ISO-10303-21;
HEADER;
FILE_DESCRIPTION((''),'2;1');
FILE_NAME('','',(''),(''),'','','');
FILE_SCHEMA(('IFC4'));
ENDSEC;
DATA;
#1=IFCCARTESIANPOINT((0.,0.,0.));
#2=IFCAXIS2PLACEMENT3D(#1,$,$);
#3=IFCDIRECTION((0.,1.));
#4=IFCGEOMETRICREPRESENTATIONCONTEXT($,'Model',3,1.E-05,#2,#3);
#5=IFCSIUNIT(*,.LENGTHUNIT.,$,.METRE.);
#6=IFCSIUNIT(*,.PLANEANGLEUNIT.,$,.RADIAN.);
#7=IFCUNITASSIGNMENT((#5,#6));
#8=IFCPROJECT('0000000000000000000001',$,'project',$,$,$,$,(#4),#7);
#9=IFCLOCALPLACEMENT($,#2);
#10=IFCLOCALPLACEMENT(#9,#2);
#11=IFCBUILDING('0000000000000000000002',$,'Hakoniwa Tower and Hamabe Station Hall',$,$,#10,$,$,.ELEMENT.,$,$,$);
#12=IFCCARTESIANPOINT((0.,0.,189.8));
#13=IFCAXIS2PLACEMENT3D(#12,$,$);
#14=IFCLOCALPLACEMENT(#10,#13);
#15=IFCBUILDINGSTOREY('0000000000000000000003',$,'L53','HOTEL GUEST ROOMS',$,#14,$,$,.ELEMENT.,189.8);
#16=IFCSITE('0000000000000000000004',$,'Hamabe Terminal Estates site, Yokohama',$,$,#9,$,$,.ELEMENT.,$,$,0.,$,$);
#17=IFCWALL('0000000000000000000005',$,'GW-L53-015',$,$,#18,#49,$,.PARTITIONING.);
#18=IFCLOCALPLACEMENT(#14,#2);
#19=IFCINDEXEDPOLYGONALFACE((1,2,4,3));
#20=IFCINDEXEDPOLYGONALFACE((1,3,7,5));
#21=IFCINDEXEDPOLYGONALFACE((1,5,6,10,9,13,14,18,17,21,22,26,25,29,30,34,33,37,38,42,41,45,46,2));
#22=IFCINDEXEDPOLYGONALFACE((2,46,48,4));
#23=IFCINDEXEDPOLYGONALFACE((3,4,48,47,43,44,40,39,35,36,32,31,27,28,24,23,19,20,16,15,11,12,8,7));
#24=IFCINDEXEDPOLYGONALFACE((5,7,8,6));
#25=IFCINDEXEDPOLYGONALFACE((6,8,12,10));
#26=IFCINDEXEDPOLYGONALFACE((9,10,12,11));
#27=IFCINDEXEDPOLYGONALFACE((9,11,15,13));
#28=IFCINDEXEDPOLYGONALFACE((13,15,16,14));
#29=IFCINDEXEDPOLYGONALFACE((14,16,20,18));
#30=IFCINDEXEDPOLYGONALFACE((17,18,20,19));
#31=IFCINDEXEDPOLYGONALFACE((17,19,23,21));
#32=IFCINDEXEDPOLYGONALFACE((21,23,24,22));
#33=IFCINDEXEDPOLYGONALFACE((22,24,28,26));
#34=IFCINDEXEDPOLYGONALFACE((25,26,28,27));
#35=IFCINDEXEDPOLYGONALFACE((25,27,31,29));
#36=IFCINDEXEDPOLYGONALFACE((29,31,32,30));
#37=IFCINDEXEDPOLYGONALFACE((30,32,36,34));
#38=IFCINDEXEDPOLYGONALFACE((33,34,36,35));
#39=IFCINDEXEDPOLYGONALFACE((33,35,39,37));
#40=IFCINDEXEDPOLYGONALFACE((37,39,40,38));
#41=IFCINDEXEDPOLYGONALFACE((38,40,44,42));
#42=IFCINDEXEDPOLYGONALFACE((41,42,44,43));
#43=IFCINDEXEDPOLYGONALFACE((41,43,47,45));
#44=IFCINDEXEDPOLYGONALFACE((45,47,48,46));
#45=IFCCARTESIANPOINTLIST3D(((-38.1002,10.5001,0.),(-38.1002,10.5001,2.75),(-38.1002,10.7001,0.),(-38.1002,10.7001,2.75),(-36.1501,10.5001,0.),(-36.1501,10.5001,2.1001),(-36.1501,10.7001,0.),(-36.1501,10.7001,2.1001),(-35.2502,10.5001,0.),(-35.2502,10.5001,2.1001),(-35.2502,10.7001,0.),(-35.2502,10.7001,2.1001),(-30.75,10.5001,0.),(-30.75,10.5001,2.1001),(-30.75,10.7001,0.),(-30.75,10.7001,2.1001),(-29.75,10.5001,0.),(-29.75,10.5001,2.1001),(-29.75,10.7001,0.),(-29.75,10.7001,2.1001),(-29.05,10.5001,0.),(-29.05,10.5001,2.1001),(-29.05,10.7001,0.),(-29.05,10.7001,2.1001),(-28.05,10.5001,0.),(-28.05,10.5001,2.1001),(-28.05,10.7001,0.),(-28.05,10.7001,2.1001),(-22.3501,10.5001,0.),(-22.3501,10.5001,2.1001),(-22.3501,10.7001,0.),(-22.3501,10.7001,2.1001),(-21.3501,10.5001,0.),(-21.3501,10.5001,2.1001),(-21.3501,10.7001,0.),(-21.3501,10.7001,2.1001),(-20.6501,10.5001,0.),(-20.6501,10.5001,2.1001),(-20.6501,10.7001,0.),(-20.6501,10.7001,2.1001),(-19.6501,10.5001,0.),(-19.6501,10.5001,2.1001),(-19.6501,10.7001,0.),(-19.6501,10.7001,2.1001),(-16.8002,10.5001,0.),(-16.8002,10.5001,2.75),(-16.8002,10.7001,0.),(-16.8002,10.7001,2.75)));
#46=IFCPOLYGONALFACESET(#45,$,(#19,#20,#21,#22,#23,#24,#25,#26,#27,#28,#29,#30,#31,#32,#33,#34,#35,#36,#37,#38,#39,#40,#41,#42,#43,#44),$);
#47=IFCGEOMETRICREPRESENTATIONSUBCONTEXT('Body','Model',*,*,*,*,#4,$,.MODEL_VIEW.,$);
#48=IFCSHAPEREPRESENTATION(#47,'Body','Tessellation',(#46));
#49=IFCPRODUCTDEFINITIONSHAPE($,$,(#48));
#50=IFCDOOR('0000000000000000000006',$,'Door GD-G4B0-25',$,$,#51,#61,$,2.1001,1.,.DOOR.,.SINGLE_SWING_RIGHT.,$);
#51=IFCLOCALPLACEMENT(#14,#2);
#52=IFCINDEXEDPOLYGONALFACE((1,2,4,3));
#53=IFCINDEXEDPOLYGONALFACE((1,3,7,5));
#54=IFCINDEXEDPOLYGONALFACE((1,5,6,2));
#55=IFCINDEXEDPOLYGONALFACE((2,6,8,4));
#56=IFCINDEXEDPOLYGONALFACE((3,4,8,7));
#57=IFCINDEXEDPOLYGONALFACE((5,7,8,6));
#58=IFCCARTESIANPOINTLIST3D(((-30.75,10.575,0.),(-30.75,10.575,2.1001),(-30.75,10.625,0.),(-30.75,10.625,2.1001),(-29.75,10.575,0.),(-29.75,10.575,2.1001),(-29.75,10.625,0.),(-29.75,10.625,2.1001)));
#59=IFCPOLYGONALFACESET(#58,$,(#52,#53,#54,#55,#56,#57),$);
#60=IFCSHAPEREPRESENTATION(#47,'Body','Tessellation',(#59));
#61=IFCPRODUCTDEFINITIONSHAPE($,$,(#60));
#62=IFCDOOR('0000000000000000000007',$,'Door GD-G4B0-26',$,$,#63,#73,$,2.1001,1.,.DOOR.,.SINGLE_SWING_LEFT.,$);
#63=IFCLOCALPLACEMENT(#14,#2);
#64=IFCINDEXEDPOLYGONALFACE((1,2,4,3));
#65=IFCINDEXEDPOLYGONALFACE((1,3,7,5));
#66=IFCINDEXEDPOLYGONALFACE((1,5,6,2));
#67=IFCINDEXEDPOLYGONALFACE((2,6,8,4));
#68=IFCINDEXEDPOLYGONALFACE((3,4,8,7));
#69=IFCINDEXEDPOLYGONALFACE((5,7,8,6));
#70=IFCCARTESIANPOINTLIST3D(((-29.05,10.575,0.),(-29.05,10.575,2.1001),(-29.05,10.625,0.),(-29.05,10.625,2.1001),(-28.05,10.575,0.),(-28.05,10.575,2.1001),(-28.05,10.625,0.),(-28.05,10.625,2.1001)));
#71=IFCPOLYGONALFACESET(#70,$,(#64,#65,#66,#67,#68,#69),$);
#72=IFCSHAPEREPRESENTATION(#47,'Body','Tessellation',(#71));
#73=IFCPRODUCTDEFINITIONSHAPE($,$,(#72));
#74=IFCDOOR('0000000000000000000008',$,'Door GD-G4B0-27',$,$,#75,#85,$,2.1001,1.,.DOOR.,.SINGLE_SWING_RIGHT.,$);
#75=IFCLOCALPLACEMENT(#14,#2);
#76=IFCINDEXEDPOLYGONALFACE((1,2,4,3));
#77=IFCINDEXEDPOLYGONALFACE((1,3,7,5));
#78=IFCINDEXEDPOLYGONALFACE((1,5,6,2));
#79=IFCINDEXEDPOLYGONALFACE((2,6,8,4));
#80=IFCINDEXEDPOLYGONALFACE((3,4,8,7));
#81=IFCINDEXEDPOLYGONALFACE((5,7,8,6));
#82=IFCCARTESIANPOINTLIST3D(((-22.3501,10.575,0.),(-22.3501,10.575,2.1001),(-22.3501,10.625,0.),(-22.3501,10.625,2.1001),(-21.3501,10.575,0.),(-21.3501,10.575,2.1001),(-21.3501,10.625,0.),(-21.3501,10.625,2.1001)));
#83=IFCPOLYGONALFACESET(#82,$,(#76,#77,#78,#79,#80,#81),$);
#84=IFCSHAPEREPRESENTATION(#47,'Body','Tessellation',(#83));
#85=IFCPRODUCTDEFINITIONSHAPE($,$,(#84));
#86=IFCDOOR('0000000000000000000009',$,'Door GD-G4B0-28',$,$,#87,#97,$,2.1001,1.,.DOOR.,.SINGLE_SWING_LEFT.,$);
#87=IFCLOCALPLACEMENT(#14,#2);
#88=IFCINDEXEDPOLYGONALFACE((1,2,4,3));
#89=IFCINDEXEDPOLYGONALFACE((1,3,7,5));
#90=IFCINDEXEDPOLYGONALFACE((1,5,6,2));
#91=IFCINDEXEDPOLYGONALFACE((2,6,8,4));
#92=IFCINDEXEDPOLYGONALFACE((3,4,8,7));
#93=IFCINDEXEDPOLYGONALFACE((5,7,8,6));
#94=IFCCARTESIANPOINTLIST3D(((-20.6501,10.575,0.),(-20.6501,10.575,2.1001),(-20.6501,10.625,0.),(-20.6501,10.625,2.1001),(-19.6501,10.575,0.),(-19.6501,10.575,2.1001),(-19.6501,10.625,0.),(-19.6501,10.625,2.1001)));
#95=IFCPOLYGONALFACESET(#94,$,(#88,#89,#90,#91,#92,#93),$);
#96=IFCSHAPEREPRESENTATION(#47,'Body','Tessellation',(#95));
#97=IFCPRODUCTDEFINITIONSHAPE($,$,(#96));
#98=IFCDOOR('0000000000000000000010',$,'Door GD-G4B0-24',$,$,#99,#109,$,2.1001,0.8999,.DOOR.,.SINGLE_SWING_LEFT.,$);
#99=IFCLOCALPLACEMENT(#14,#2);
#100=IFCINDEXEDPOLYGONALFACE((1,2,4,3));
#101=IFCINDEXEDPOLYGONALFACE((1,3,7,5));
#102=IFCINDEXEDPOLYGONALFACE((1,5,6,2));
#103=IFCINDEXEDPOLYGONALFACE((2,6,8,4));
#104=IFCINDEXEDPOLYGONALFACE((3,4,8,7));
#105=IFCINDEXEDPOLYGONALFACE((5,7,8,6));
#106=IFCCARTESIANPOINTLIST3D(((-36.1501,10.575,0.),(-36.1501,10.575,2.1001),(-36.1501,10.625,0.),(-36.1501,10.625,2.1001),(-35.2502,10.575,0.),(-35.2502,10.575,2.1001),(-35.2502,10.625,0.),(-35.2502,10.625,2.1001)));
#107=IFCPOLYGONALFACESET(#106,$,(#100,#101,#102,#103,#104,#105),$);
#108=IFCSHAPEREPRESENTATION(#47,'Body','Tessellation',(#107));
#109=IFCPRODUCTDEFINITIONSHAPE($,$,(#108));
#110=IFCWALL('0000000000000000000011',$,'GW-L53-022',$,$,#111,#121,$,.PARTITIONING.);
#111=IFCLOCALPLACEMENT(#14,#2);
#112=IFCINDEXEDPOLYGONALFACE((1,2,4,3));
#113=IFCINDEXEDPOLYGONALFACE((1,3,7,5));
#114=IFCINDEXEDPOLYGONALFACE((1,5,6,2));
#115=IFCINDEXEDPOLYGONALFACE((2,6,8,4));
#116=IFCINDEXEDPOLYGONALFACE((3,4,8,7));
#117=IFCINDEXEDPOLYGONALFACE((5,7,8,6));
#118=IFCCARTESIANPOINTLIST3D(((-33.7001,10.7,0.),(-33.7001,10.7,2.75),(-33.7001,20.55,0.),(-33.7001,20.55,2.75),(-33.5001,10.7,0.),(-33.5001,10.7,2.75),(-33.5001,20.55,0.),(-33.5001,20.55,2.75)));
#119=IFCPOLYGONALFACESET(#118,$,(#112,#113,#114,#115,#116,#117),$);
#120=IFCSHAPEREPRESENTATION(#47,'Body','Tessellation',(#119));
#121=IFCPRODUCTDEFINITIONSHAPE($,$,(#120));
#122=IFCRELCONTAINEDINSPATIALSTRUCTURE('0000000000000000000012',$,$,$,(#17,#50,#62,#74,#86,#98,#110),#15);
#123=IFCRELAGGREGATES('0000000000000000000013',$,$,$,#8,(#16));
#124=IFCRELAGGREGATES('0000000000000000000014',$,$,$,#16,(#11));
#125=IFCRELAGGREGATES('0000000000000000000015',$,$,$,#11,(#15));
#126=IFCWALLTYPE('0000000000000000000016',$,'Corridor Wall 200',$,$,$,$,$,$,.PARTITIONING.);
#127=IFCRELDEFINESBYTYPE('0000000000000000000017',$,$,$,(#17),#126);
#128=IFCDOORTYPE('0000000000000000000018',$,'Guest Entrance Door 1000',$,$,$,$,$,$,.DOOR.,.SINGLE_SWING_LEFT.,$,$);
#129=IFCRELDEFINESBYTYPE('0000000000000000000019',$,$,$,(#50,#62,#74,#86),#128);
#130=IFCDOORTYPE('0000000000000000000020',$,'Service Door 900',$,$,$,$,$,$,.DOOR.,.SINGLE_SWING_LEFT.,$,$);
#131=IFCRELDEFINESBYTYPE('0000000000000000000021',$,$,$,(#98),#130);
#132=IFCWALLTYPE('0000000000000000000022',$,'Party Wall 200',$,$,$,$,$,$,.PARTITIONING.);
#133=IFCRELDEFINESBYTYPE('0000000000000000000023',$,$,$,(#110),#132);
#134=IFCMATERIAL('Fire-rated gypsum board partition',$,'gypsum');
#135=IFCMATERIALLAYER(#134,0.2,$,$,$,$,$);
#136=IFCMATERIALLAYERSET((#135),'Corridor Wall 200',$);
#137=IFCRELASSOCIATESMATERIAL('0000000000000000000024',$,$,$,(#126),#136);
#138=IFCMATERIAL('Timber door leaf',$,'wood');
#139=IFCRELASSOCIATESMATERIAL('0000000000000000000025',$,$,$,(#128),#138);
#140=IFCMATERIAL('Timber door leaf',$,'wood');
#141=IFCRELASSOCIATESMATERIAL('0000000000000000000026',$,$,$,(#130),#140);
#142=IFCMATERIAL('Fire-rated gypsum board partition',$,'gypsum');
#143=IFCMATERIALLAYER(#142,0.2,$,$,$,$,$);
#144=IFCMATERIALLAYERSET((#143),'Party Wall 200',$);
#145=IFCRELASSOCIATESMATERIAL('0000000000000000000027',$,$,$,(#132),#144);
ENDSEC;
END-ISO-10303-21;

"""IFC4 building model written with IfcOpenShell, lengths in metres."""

from ifc_helpers import new_model, si_unit, direction, frame, frame_2d, origin, place, context, subcontext, project, spatial, rectangle, extrude, material, layer, layer_set, type_object, element, fill, save


model = new_model("IFC4")

# Units and contexts
model_context = context("Model", 3, precision=1e-05, world=origin(), true_north=direction((0.0, 1.0)))
body_context = subcontext(model_context, "Body", "Model", "MODEL_VIEW")
ifc_project = project(units=[si_unit("LENGTHUNIT", "METRE"), si_unit("PLANEANGLEUNIT", "RADIAN")], contexts=[model_context])

# Site, building, storey
site_placement = place(None, origin())
site = spatial("IfcSite", under=ifc_project, at=site_placement, Name="Hamabe Terminal Estates site, Yokohama", CompositionType="ELEMENT", RefElevation=0.0)
building_placement = place(site_placement, origin())
building = spatial("IfcBuilding", under=site, at=building_placement, Name="Hakoniwa Tower and Hamabe Station Hall", CompositionType="ELEMENT")
storey_placement = place(building_placement, frame((0.0, 0.0, 189.8)))
storey = spatial("IfcBuildingStorey", under=building, at=storey_placement, Name="L53", Description="HOTEL GUEST ROOMS", CompositionType="ELEMENT", Elevation=189.8)

# Wall, openings, doors
ifc_material_1 = material(Name="Fire-rated gypsum board partition", Category="gypsum")
ifc_layer_1 = layer(ifc_material_1, 0.2)
ifc_layer_set_1 = layer_set([ifc_layer_1], Name="Corridor Wall 200")
wall_type_1 = type_object("IfcWallType", Name="Corridor Wall 200", PredefinedType="PARTITIONING", material=ifc_layer_set_1)
wall_1_placement = place(storey_placement, frame((-38.1001, 10.6001, 0.0), z_axis=(0.0, 0.0, 1.0), x_axis=(1.0, 0.0, 0.0)))
wall_1 = element("IfcWall", 1, at=wall_1_placement, inside=storey, type_object=wall_type_1, Name="GW-L53-015", PredefinedType="PARTITIONING", context=body_context, shape_type="SweptSolid", body=[
    extrude(rectangle(XDim=21.3, YDim=0.2, at=frame_2d((10.6499, 0.0))), origin(), (0.0, 0.0, 1.0), 2.75),
])
opening_1_placement = place(wall_1_placement, frame((1.95, 0.0, 0.0)))
opening_1 = element("IfcOpeningElement", 2, at=opening_1_placement, cuts=wall_1, PredefinedType="OPENING", context=body_context, shape_type="SweptSolid", body=[
    extrude(rectangle(XDim=0.8999, YDim=2.1001, at=frame_2d((0.45, 1.05))), frame((0.0, 0.1099, 0.0), z_axis=(0.0, -1.0, 0.0), x_axis=(1.0, 0.0, 0.0)), (0.0, 0.0, 1.0), 0.22),
])
opening_2_placement = place(wall_1_placement, frame((7.3501, 0.0, 0.0)))
opening_2 = element("IfcOpeningElement", 3, at=opening_2_placement, cuts=wall_1, PredefinedType="OPENING", context=body_context, shape_type="SweptSolid", body=[
    extrude(rectangle(XDim=1.0, YDim=2.1001, at=frame_2d((0.5, 1.05))), frame((0.0, 0.1099, 0.0), z_axis=(0.0, -1.0, 0.0), x_axis=(1.0, 0.0, 0.0)), (0.0, 0.0, 1.0), 0.22),
])
opening_3_placement = place(wall_1_placement, frame((9.05, 0.0, 0.0)))
opening_3 = element("IfcOpeningElement", 4, at=opening_3_placement, cuts=wall_1, PredefinedType="OPENING", context=body_context, shape_type="SweptSolid", body=[
    extrude(rectangle(XDim=1.0, YDim=2.1001, at=frame_2d((0.5, 1.05))), frame((0.0, 0.1099, 0.0), z_axis=(0.0, -1.0, 0.0), x_axis=(1.0, 0.0, 0.0)), (0.0, 0.0, 1.0), 0.22),
])
opening_4_placement = place(wall_1_placement, frame((15.75, 0.0, 0.0)))
opening_4 = element("IfcOpeningElement", 5, at=opening_4_placement, cuts=wall_1, PredefinedType="OPENING", context=body_context, shape_type="SweptSolid", body=[
    extrude(rectangle(XDim=1.0, YDim=2.1001, at=frame_2d((0.5, 1.05))), frame((0.0, 0.1099, 0.0), z_axis=(0.0, -1.0, 0.0), x_axis=(1.0, 0.0, 0.0)), (0.0, 0.0, 1.0), 0.22),
])
opening_5_placement = place(wall_1_placement, frame((17.45, 0.0, 0.0)))
opening_5 = element("IfcOpeningElement", 6, at=opening_5_placement, cuts=wall_1, PredefinedType="OPENING", context=body_context, shape_type="SweptSolid", body=[
    extrude(rectangle(XDim=1.0, YDim=2.1001, at=frame_2d((0.5, 1.05))), frame((0.0, 0.1099, 0.0), z_axis=(0.0, -1.0, 0.0), x_axis=(1.0, 0.0, 0.0)), (0.0, 0.0, 1.0), 0.22),
])
ifc_material_2 = material(Name="Timber door leaf", Category="wood")
door_type_1 = type_object("IfcDoorType", Name="Guest Entrance Door 1000", OperationType="SINGLE_SWING_LEFT", PredefinedType="DOOR", material=ifc_material_2)
door_1_placement = place(opening_2_placement, origin())
door_1 = element("IfcDoor", 7, at=door_1_placement, inside=storey, type_object=door_type_1, Name="Door GD-G4B0-25", OperationType="SINGLE_SWING_RIGHT", OverallHeight=2.1001, OverallWidth=1.0, PredefinedType="DOOR", context=body_context, shape_type="SweptSolid", body=[
    extrude(rectangle(XDim=1.0, YDim=2.1001, at=frame_2d((0.5, 1.05))), frame((0.0, 0.0249, 0.0), z_axis=(0.0, -1.0, 0.0), x_axis=(1.0, 0.0, 0.0)), (0.0, 0.0, 1.0), 0.05),
])
fill(opening_2, door_1)
door_2_placement = place(opening_3_placement, origin())
door_2 = element("IfcDoor", 8, at=door_2_placement, inside=storey, type_object=door_type_1, Name="Door GD-G4B0-26", OperationType="SINGLE_SWING_LEFT", OverallHeight=2.1001, OverallWidth=1.0, PredefinedType="DOOR", context=body_context, shape_type="SweptSolid", body=[
    extrude(rectangle(XDim=1.0, YDim=2.1001, at=frame_2d((0.5, 1.05))), frame((0.0, 0.0249, 0.0), z_axis=(0.0, -1.0, 0.0), x_axis=(1.0, 0.0, 0.0)), (0.0, 0.0, 1.0), 0.05),
])
fill(opening_3, door_2)
door_3_placement = place(opening_4_placement, origin())
door_3 = element("IfcDoor", 9, at=door_3_placement, inside=storey, type_object=door_type_1, Name="Door GD-G4B0-27", OperationType="SINGLE_SWING_RIGHT", OverallHeight=2.1001, OverallWidth=1.0, PredefinedType="DOOR", context=body_context, shape_type="SweptSolid", body=[
    extrude(rectangle(XDim=1.0, YDim=2.1001, at=frame_2d((0.5, 1.05))), frame((0.0, 0.0249, 0.0), z_axis=(0.0, -1.0, 0.0), x_axis=(1.0, 0.0, 0.0)), (0.0, 0.0, 1.0), 0.05),
])
fill(opening_4, door_3)
door_4_placement = place(opening_5_placement, origin())
door_4 = element("IfcDoor", 10, at=door_4_placement, inside=storey, type_object=door_type_1, Name="Door GD-G4B0-28", OperationType="SINGLE_SWING_LEFT", OverallHeight=2.1001, OverallWidth=1.0, PredefinedType="DOOR", context=body_context, shape_type="SweptSolid", body=[
    extrude(rectangle(XDim=1.0, YDim=2.1001, at=frame_2d((0.5, 1.05))), frame((0.0, 0.0249, 0.0), z_axis=(0.0, -1.0, 0.0), x_axis=(1.0, 0.0, 0.0)), (0.0, 0.0, 1.0), 0.05),
])
fill(opening_5, door_4)
ifc_material_3 = material(Name="Timber door leaf", Category="wood")
door_type_2 = type_object("IfcDoorType", Name="Service Door 900", OperationType="SINGLE_SWING_LEFT", PredefinedType="DOOR", material=ifc_material_3)
door_5_placement = place(opening_1_placement, origin())
door_5 = element("IfcDoor", 11, at=door_5_placement, inside=storey, type_object=door_type_2, Name="Door GD-G4B0-24", OperationType="SINGLE_SWING_LEFT", OverallHeight=2.1001, OverallWidth=0.8999, PredefinedType="DOOR", context=body_context, shape_type="SweptSolid", body=[
    extrude(rectangle(XDim=0.8999, YDim=2.1001, at=frame_2d((0.45, 1.05))), frame((0.0, 0.0249, 0.0), z_axis=(0.0, -1.0, 0.0), x_axis=(1.0, 0.0, 0.0)), (0.0, 0.0, 1.0), 0.05),
])
fill(opening_1, door_5)

# Wall
ifc_material_4 = material(Name="Fire-rated gypsum board partition", Category="gypsum")
ifc_layer_2 = layer(ifc_material_4, 0.2)
ifc_layer_set_2 = layer_set([ifc_layer_2], Name="Party Wall 200")
wall_type_2 = type_object("IfcWallType", Name="Party Wall 200", PredefinedType="PARTITIONING", material=ifc_layer_set_2)
wall_2_placement = place(storey_placement, frame((-33.6001, 10.7, 0.0), z_axis=(0.0, 0.0, 1.0), x_axis=(0.0, 1.0, 0.0)))
element("IfcWall", 12, at=wall_2_placement, inside=storey, type_object=wall_type_2, Name="GW-L53-022", PredefinedType="PARTITIONING", context=body_context, shape_type="SweptSolid", body=[
    extrude(rectangle(XDim=9.8501, YDim=0.2, at=frame_2d((4.925, 0.0))), origin(), (0.0, 0.0, 1.0), 2.75),
])

save(model, "model.ifc")
